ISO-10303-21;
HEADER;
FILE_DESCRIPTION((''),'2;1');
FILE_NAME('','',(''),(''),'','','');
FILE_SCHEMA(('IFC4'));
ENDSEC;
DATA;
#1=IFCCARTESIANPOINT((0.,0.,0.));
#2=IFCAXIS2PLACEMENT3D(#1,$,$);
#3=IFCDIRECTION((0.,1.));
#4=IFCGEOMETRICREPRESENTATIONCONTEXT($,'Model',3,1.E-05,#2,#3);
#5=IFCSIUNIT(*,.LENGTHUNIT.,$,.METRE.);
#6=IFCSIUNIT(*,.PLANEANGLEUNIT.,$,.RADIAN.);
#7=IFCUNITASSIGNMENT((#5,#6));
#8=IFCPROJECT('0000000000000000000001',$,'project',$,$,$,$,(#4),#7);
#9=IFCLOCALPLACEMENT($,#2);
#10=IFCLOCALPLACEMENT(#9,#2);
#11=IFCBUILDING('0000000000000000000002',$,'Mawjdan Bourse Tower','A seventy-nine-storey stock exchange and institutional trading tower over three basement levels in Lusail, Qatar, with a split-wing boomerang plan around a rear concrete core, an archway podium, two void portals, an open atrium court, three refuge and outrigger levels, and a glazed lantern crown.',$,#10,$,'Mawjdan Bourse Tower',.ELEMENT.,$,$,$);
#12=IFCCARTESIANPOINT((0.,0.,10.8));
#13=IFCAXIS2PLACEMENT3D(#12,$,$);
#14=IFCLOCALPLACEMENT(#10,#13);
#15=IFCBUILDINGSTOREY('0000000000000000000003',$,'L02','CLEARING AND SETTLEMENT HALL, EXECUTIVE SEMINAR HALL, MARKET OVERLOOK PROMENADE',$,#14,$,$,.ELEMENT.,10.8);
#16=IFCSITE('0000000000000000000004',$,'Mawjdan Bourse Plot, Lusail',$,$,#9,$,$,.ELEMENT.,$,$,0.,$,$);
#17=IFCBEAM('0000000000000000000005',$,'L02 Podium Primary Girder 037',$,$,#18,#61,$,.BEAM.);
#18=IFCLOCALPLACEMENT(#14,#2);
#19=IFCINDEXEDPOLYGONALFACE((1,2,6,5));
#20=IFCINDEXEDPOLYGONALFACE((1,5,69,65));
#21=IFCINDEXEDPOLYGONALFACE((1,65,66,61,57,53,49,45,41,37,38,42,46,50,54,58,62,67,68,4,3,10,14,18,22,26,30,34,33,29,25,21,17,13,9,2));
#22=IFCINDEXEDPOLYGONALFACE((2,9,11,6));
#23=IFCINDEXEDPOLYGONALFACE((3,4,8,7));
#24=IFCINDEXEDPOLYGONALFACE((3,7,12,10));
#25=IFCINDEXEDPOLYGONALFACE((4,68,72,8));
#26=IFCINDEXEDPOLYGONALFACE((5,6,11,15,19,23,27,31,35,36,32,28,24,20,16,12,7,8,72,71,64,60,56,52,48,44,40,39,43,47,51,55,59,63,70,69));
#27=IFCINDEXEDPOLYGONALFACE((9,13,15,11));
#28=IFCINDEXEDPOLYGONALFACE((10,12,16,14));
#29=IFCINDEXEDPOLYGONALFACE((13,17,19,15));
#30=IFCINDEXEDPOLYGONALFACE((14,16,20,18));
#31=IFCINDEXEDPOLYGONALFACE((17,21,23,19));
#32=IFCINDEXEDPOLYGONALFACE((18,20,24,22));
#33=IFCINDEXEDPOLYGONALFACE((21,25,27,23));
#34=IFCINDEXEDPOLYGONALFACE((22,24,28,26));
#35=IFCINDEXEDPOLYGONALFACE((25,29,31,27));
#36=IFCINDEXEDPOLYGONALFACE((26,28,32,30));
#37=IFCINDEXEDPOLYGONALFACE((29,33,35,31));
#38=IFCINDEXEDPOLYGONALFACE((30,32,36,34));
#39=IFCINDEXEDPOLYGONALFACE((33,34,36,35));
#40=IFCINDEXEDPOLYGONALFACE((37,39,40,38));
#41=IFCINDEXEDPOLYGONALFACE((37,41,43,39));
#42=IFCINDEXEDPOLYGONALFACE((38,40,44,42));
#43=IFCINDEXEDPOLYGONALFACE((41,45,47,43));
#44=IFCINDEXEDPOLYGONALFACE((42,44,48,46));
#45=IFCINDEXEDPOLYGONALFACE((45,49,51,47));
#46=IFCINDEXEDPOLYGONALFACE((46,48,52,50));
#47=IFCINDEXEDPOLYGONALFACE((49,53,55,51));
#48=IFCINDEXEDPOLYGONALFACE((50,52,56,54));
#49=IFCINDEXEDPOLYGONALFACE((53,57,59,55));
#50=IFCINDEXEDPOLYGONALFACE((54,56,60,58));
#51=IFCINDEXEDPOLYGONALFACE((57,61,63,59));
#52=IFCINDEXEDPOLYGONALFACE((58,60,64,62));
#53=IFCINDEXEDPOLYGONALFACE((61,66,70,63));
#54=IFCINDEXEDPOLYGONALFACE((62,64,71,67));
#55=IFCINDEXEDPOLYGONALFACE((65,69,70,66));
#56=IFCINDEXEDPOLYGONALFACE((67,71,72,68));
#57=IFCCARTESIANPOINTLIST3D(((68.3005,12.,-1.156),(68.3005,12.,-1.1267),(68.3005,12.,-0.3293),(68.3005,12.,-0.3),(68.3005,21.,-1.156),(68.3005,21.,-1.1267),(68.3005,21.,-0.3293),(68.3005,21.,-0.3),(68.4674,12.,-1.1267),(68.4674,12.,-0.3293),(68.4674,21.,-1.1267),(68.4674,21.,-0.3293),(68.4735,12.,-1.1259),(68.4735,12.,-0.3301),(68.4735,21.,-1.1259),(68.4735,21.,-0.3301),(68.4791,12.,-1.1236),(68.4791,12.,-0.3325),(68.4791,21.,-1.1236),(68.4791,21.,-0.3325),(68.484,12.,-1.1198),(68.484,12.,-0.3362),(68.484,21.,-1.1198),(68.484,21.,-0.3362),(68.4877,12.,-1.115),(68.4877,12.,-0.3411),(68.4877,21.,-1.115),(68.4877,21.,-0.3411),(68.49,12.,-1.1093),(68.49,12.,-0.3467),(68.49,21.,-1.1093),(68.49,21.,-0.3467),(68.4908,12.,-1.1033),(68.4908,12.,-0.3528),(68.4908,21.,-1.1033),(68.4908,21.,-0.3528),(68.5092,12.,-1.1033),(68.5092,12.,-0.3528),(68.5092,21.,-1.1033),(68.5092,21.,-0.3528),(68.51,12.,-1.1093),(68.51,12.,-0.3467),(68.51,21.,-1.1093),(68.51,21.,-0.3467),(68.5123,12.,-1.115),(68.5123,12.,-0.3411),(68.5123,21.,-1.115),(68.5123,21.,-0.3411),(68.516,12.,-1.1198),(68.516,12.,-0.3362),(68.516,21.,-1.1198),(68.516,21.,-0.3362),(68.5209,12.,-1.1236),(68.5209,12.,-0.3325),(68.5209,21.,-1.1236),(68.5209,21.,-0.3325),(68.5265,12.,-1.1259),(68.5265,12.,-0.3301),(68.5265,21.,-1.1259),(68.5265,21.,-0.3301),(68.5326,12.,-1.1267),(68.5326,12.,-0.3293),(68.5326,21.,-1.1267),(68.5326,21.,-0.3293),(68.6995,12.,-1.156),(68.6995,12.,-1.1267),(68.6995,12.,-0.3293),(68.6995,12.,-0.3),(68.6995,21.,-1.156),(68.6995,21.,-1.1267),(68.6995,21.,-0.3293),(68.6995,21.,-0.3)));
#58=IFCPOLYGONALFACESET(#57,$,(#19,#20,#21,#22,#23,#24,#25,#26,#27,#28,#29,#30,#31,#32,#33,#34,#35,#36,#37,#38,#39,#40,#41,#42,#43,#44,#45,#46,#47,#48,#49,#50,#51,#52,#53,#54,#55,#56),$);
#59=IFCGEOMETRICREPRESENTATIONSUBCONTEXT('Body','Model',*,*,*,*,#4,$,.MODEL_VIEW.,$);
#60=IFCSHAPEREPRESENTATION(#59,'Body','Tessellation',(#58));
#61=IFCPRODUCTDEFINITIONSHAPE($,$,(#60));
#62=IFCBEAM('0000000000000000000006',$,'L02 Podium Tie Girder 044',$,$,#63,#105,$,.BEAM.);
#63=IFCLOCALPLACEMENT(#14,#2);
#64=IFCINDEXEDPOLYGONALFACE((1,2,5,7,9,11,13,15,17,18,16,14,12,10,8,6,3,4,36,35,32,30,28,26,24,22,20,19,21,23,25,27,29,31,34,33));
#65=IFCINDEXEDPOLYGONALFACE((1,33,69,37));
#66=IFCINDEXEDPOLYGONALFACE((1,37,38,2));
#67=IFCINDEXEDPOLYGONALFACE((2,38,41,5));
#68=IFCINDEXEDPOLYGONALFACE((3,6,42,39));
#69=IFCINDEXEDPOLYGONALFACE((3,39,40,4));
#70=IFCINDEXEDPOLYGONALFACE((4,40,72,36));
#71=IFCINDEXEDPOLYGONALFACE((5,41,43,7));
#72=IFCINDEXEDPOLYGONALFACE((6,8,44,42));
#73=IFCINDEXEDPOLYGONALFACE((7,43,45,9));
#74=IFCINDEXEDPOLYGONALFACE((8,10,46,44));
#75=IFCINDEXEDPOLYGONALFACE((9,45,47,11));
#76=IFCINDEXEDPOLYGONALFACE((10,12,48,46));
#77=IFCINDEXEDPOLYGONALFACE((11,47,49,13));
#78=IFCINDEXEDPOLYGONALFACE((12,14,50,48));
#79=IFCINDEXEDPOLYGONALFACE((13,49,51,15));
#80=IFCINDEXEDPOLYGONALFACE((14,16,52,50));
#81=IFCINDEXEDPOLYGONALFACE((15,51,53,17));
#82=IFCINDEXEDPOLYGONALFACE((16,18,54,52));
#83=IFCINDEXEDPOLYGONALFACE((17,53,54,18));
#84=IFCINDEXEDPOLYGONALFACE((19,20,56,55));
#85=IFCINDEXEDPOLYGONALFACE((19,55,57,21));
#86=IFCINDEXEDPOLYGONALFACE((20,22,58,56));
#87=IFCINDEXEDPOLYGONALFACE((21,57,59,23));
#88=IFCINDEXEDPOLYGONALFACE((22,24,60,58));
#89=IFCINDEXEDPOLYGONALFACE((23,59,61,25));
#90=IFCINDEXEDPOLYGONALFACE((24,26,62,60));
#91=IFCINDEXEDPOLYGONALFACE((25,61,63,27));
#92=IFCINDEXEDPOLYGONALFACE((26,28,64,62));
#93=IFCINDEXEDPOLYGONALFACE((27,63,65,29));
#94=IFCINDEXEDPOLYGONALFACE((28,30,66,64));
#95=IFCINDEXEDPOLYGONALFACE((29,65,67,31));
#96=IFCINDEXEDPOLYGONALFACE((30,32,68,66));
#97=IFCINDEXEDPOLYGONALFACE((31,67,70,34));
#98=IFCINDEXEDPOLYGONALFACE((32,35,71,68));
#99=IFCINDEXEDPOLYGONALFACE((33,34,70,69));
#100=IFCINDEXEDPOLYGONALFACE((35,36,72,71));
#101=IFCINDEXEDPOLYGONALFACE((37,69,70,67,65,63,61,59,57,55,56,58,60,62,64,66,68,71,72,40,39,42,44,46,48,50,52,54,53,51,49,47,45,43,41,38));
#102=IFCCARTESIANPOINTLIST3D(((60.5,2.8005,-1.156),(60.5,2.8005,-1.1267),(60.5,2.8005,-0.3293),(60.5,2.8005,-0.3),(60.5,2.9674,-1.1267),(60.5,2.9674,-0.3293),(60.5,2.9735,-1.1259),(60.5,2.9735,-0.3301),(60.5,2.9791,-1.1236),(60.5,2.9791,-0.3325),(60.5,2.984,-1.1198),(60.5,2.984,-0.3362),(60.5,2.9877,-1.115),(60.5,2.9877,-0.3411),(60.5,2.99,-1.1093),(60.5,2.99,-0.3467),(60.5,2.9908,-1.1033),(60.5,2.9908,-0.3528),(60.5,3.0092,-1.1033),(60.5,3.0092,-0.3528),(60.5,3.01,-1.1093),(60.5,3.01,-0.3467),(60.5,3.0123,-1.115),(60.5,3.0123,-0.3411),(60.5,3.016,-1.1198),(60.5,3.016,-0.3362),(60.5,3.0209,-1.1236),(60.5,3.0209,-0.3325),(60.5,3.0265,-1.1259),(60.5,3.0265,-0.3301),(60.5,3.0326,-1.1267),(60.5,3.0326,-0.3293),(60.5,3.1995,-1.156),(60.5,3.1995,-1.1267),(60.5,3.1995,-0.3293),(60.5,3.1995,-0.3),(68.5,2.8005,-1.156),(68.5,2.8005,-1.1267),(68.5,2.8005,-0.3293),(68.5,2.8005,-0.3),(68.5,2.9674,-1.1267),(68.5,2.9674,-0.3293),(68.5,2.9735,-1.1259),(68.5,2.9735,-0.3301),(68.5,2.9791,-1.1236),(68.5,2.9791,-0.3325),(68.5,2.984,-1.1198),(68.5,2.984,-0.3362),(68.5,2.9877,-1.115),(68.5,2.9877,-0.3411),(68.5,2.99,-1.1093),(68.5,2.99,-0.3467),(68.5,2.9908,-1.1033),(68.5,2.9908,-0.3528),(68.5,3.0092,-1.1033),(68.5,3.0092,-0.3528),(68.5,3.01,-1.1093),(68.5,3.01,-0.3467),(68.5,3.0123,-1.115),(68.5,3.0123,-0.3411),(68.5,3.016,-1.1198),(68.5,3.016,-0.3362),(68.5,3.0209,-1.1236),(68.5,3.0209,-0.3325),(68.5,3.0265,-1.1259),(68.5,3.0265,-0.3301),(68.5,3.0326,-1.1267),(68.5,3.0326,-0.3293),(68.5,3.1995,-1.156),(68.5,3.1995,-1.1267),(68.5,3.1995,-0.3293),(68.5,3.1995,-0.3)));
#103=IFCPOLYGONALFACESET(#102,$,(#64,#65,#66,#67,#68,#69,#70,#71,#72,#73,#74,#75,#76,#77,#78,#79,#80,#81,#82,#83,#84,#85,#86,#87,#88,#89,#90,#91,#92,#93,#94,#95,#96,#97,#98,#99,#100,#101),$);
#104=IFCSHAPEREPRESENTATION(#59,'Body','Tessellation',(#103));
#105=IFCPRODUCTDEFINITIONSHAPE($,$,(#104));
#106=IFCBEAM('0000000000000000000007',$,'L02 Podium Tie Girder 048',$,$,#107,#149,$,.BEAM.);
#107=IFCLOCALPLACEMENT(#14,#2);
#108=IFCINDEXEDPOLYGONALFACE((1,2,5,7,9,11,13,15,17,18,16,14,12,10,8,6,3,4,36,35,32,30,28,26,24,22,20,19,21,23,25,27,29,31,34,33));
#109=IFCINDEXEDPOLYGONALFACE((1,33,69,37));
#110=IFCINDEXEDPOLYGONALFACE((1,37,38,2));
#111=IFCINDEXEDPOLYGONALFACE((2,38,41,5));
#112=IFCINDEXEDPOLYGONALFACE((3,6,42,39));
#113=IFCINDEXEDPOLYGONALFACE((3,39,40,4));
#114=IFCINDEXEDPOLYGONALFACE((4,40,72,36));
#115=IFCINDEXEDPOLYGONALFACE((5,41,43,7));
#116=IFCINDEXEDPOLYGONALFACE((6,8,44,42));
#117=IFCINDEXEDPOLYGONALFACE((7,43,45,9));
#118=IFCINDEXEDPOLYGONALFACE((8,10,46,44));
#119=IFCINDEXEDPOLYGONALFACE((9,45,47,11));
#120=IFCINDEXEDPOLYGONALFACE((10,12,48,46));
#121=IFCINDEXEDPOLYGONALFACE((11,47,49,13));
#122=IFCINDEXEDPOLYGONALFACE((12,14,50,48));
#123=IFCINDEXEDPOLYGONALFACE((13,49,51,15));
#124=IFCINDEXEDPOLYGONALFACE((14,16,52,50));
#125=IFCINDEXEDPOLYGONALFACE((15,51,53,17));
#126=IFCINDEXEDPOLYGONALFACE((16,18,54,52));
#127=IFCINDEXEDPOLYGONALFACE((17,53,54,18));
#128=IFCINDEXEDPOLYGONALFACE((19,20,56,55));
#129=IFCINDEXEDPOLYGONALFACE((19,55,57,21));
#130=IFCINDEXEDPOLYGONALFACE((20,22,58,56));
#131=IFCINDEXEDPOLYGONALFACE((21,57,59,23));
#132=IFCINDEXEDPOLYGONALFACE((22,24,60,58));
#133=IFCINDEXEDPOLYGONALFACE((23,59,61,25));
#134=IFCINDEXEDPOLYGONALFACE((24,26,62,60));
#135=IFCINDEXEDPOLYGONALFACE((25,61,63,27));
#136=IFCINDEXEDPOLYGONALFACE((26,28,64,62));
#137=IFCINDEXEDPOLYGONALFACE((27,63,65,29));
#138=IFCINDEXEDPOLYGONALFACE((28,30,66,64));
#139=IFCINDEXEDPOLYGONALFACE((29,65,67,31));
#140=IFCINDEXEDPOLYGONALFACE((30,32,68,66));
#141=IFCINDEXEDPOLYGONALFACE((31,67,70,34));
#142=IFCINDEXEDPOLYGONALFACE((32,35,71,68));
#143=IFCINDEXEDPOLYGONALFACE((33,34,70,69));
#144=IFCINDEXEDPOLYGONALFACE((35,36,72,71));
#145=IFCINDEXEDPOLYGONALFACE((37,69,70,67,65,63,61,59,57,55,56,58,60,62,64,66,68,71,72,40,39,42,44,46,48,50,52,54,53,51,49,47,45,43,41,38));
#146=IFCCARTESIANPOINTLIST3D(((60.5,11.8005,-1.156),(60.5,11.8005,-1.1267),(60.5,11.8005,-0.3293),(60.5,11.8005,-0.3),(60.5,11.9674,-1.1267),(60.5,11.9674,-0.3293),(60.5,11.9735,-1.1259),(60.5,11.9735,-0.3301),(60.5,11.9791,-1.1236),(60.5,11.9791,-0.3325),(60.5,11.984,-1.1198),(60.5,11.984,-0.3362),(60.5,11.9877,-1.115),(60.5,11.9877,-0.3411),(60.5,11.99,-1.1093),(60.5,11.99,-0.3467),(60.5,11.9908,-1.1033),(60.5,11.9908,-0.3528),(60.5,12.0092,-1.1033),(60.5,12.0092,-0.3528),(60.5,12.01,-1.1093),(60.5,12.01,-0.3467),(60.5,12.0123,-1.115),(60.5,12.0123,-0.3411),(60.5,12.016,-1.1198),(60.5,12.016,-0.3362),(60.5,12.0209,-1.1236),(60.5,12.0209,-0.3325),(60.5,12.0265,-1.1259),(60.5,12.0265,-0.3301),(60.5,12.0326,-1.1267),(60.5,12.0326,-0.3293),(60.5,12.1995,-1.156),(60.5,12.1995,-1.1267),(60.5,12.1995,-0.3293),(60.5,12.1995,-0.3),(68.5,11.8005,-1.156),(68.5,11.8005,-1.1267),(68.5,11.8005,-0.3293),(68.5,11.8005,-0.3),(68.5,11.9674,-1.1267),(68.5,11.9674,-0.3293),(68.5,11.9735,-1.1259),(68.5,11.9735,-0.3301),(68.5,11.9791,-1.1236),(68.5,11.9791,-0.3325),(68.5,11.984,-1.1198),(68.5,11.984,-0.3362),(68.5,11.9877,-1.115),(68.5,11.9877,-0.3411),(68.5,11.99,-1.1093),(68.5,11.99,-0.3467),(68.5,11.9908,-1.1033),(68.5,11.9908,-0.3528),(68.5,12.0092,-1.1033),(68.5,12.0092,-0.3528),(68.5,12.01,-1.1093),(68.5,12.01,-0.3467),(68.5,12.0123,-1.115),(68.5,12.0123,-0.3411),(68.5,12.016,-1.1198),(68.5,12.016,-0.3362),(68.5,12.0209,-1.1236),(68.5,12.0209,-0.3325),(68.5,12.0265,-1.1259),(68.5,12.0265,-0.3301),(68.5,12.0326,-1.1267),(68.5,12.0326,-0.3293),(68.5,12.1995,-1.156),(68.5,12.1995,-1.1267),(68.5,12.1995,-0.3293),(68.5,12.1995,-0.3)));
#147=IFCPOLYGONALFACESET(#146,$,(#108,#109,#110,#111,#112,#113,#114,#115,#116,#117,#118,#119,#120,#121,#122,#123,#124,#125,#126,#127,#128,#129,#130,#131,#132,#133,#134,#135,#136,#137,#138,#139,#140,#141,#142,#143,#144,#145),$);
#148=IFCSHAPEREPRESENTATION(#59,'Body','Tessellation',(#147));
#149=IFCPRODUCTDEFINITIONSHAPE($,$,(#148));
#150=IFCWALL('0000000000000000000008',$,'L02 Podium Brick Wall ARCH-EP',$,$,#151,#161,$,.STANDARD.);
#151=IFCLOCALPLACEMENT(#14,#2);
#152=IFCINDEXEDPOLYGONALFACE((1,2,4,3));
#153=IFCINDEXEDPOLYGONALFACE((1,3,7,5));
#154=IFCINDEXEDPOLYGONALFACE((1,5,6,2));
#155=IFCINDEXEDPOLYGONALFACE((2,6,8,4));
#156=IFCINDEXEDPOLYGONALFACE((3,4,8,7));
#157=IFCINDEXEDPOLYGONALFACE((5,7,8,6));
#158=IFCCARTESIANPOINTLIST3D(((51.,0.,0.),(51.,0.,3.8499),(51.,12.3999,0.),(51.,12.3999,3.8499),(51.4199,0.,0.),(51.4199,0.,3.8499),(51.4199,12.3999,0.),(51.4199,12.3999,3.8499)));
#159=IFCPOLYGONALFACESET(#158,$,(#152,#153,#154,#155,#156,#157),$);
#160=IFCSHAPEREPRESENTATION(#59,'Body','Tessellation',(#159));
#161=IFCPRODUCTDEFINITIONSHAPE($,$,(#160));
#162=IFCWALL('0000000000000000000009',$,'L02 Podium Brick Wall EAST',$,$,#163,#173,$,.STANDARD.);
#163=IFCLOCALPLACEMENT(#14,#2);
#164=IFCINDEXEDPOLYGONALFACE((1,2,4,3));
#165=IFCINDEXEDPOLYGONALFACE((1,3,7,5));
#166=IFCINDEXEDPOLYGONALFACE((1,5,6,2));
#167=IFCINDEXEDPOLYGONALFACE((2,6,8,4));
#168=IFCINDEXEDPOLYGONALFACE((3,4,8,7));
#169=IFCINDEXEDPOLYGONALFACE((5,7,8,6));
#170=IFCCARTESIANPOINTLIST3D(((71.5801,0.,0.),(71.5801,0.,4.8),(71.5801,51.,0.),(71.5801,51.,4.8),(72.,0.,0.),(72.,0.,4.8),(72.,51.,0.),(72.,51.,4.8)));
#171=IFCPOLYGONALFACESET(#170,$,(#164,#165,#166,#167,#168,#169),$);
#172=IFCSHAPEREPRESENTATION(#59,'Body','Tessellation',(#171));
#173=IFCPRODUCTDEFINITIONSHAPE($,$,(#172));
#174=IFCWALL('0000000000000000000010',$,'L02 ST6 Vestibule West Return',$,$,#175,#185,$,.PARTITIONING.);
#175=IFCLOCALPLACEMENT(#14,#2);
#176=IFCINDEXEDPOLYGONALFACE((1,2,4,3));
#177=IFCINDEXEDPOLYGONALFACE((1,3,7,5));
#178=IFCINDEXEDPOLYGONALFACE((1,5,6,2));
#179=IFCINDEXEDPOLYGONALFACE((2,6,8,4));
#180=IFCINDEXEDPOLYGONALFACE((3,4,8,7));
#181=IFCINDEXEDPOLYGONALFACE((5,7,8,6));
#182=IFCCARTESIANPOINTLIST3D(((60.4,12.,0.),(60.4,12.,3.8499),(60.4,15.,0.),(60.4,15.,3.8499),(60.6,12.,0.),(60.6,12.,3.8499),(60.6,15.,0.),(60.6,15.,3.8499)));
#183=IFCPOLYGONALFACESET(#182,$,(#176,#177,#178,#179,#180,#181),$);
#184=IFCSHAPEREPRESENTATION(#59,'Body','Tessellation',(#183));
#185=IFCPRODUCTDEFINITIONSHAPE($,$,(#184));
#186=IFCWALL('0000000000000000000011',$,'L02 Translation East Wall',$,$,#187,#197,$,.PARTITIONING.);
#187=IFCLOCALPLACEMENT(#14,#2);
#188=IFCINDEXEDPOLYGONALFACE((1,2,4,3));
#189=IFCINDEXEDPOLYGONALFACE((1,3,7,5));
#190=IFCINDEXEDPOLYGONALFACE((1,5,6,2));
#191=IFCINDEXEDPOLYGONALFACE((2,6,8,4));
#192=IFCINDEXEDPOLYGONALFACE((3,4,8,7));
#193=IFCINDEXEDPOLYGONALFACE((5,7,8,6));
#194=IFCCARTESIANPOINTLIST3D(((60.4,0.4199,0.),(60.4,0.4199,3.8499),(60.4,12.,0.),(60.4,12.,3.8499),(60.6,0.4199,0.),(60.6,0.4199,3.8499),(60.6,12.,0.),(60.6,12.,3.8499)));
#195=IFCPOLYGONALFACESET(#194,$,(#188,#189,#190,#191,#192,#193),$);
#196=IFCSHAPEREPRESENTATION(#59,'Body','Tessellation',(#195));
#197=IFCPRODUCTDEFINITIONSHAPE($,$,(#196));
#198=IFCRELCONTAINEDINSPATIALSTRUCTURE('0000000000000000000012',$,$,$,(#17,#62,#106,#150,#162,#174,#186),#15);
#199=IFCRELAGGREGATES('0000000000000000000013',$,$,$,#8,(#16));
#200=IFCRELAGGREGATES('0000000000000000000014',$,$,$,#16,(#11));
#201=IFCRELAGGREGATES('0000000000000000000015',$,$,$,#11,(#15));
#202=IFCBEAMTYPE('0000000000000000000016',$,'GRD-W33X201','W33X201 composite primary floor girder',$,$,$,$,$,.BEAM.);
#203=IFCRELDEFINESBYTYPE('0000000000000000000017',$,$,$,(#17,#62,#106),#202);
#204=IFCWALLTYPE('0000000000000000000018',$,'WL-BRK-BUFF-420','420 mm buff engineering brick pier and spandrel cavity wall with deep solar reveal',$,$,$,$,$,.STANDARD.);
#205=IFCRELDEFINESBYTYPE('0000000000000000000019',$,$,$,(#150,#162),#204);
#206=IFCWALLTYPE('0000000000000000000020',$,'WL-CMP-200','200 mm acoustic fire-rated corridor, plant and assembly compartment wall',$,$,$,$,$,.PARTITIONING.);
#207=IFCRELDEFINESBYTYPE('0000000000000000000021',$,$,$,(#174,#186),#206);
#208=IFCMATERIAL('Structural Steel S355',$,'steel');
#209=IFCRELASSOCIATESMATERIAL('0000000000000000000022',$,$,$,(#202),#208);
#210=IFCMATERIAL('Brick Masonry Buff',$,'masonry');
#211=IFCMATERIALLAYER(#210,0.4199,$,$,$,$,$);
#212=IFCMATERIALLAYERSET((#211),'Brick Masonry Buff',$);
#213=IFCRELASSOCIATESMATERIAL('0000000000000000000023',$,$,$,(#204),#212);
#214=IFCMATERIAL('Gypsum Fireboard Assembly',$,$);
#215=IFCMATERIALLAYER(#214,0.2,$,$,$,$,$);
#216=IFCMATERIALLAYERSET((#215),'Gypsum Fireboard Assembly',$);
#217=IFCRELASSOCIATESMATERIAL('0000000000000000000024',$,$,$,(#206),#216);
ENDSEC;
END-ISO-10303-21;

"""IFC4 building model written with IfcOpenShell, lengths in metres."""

from ifc_helpers import new_model, si_unit, direction, frame, frame_2d, origin, origin_2d, place, context, subcontext, project, spatial, rectangle, i_section, extrude, material, layer, layer_set, material_profile, profile_set, type_object, element, save


model = new_model("IFC4")

# Units and contexts
model_context = context("Model", 3, precision=1e-05, world=origin(), true_north=direction((0.0, 1.0)))
body_context = subcontext(model_context, "Body", "Model", "MODEL_VIEW")
ifc_project = project(units=[si_unit("LENGTHUNIT", "METRE"), si_unit("PLANEANGLEUNIT", "RADIAN")], contexts=[model_context])

# Site, building, storey
site_placement = place(None, origin())
site = spatial("IfcSite", under=ifc_project, at=site_placement, Name="Mawjdan Bourse Plot, Lusail", CompositionType="ELEMENT", RefElevation=0.0)
building_placement = place(site_placement, origin())
building = spatial("IfcBuilding", under=site, at=building_placement, Name="Mawjdan Bourse Tower", Description="A seventy-nine-storey stock exchange and institutional trading tower over three basement levels in Lusail, Qatar, with a split-wing boomerang plan around a rear concrete core, an archway podium, two void portals, an open atrium court, three refuge and outrigger levels, and a glazed lantern crown.", LongName="Mawjdan Bourse Tower", CompositionType="ELEMENT")
storey_placement = place(building_placement, frame((0.0, 0.0, 10.8)))
storey = spatial("IfcBuildingStorey", under=building, at=storey_placement, Name="L02", Description="CLEARING AND SETTLEMENT HALL, EXECUTIVE SEMINAR HALL, MARKET OVERLOOK PROMENADE", CompositionType="ELEMENT", Elevation=10.8)

# Beams
ifc_material_1 = material(Name="Structural Steel S355", Category="steel")
ifc_material_profile_1 = material_profile(ifc_material_1, i_section(OverallWidth=0.3989, OverallDepth=0.856, WebThickness=0.0183, FlangeThickness=0.0293, FilletRadius=0.0234, at=origin_2d()), Name="W33X201")
ifc_profile_set_1 = profile_set([ifc_material_profile_1], Name="Structural Steel S355")
beam_type = type_object("IfcBeamType", Name="GRD-W33X201", Description="W33X201 composite primary floor girder", PredefinedType="BEAM", material=ifc_profile_set_1)
for number, where, z_axis, x_axis, name in (
    (1, (68.5, 12.0, -0.728), (0.0, 1.0, 0.0), (-1.0, 0.0, 0.0), "L02 Podium Primary Girder 037"),
):
    element("IfcBeam", number, at=place(storey_placement, frame(where, z_axis=z_axis, x_axis=x_axis)), inside=storey, type_object=beam_type, Name=name, PredefinedType="BEAM", context=body_context, shape_type="SweptSolid", body=[
        extrude(i_section(OverallWidth=0.3989, OverallDepth=0.856, WebThickness=0.0183, FlangeThickness=0.0293, FilletRadius=0.0234, at=origin_2d()), origin(), (0.0, 0.0, 1.0), 9.0),
    ])
for number, where, z_axis, x_axis, name in (
    (2, (60.5, 3.0, -0.728), (1.0, 0.0, 0.0), (0.0, 1.0, 0.0), "L02 Podium Tie Girder 044"),
    (3, (60.5, 12.0, -0.728), (1.0, 0.0, 0.0), (0.0, 1.0, 0.0), "L02 Podium Tie Girder 048"),
):
    element("IfcBeam", number, at=place(storey_placement, frame(where, z_axis=z_axis, x_axis=x_axis)), inside=storey, type_object=beam_type, Name=name, PredefinedType="BEAM", context=body_context, shape_type="SweptSolid", body=[
        extrude(i_section(OverallWidth=0.3989, OverallDepth=0.856, WebThickness=0.0183, FlangeThickness=0.0293, FilletRadius=0.0234, at=origin_2d()), origin(), (0.0, 0.0, 1.0), 8.0),
    ])

# Walls
ifc_material_2 = material(Name="Brick Masonry Buff", Category="masonry")
ifc_layer_1 = layer(ifc_material_2, 0.4199)
ifc_layer_set_1 = layer_set([ifc_layer_1], Name="Brick Masonry Buff")
wall_type_1 = type_object("IfcWallType", Name="WL-BRK-BUFF-420", Description="420 mm buff engineering brick pier and spandrel cavity wall with deep solar reveal", PredefinedType="STANDARD", material=ifc_layer_set_1)
wall_1_placement = place(storey_placement, frame((51.21, 0.0, 0.0), z_axis=(0.0, 0.0, 1.0), x_axis=(0.0, 1.0, 0.0)))
element("IfcWall", 4, at=wall_1_placement, inside=storey, type_object=wall_type_1, Name="L02 Podium Brick Wall ARCH-EP", PredefinedType="STANDARD", context=body_context, shape_type="SweptSolid", body=[
    extrude(rectangle(XDim=12.3999, YDim=0.4199, at=frame_2d((6.2, 0.0))), origin(), (0.0, 0.0, 1.0), 3.8499),
])
wall_2_placement = place(storey_placement, frame((71.79, 0.0, 0.0), z_axis=(0.0, 0.0, 1.0), x_axis=(0.0, 1.0, 0.0)))
element("IfcWall", 5, at=wall_2_placement, inside=storey, type_object=wall_type_1, Name="L02 Podium Brick Wall EAST", PredefinedType="STANDARD", context=body_context, shape_type="SweptSolid", body=[
    extrude(rectangle(XDim=51.0, YDim=0.4199, at=frame_2d((25.5, 0.0))), origin(), (0.0, 0.0, 1.0), 4.8),
])
ifc_material_3 = material(Name="Gypsum Fireboard Assembly")
ifc_layer_2 = layer(ifc_material_3, 0.2)
ifc_layer_set_2 = layer_set([ifc_layer_2], Name="Gypsum Fireboard Assembly")
wall_type_2 = type_object("IfcWallType", Name="WL-CMP-200", Description="200 mm acoustic fire-rated corridor, plant and assembly compartment wall", PredefinedType="PARTITIONING", material=ifc_layer_set_2)
wall_3_placement = place(storey_placement, frame((60.5, 12.0, 0.0), z_axis=(0.0, 0.0, 1.0), x_axis=(0.0, 1.0, 0.0)))
element("IfcWall", 6, at=wall_3_placement, inside=storey, type_object=wall_type_2, Name="L02 ST6 Vestibule West Return", PredefinedType="PARTITIONING", context=body_context, shape_type="SweptSolid", body=[
    extrude(rectangle(XDim=3.0, YDim=0.2, at=frame_2d((1.5, 0.0))), origin(), (0.0, 0.0, 1.0), 3.8499),
])
wall_4_placement = place(storey_placement, frame((60.5, 0.4199, 0.0), z_axis=(0.0, 0.0, 1.0), x_axis=(0.0, 1.0, 0.0)))
element("IfcWall", 7, at=wall_4_placement, inside=storey, type_object=wall_type_2, Name="L02 Translation East Wall", PredefinedType="PARTITIONING", context=body_context, shape_type="SweptSolid", body=[
    extrude(rectangle(XDim=11.5801, YDim=0.2, at=frame_2d((5.79, 0.0))), origin(), (0.0, 0.0, 1.0), 3.8499),
])

save(model, "model.ifc")
